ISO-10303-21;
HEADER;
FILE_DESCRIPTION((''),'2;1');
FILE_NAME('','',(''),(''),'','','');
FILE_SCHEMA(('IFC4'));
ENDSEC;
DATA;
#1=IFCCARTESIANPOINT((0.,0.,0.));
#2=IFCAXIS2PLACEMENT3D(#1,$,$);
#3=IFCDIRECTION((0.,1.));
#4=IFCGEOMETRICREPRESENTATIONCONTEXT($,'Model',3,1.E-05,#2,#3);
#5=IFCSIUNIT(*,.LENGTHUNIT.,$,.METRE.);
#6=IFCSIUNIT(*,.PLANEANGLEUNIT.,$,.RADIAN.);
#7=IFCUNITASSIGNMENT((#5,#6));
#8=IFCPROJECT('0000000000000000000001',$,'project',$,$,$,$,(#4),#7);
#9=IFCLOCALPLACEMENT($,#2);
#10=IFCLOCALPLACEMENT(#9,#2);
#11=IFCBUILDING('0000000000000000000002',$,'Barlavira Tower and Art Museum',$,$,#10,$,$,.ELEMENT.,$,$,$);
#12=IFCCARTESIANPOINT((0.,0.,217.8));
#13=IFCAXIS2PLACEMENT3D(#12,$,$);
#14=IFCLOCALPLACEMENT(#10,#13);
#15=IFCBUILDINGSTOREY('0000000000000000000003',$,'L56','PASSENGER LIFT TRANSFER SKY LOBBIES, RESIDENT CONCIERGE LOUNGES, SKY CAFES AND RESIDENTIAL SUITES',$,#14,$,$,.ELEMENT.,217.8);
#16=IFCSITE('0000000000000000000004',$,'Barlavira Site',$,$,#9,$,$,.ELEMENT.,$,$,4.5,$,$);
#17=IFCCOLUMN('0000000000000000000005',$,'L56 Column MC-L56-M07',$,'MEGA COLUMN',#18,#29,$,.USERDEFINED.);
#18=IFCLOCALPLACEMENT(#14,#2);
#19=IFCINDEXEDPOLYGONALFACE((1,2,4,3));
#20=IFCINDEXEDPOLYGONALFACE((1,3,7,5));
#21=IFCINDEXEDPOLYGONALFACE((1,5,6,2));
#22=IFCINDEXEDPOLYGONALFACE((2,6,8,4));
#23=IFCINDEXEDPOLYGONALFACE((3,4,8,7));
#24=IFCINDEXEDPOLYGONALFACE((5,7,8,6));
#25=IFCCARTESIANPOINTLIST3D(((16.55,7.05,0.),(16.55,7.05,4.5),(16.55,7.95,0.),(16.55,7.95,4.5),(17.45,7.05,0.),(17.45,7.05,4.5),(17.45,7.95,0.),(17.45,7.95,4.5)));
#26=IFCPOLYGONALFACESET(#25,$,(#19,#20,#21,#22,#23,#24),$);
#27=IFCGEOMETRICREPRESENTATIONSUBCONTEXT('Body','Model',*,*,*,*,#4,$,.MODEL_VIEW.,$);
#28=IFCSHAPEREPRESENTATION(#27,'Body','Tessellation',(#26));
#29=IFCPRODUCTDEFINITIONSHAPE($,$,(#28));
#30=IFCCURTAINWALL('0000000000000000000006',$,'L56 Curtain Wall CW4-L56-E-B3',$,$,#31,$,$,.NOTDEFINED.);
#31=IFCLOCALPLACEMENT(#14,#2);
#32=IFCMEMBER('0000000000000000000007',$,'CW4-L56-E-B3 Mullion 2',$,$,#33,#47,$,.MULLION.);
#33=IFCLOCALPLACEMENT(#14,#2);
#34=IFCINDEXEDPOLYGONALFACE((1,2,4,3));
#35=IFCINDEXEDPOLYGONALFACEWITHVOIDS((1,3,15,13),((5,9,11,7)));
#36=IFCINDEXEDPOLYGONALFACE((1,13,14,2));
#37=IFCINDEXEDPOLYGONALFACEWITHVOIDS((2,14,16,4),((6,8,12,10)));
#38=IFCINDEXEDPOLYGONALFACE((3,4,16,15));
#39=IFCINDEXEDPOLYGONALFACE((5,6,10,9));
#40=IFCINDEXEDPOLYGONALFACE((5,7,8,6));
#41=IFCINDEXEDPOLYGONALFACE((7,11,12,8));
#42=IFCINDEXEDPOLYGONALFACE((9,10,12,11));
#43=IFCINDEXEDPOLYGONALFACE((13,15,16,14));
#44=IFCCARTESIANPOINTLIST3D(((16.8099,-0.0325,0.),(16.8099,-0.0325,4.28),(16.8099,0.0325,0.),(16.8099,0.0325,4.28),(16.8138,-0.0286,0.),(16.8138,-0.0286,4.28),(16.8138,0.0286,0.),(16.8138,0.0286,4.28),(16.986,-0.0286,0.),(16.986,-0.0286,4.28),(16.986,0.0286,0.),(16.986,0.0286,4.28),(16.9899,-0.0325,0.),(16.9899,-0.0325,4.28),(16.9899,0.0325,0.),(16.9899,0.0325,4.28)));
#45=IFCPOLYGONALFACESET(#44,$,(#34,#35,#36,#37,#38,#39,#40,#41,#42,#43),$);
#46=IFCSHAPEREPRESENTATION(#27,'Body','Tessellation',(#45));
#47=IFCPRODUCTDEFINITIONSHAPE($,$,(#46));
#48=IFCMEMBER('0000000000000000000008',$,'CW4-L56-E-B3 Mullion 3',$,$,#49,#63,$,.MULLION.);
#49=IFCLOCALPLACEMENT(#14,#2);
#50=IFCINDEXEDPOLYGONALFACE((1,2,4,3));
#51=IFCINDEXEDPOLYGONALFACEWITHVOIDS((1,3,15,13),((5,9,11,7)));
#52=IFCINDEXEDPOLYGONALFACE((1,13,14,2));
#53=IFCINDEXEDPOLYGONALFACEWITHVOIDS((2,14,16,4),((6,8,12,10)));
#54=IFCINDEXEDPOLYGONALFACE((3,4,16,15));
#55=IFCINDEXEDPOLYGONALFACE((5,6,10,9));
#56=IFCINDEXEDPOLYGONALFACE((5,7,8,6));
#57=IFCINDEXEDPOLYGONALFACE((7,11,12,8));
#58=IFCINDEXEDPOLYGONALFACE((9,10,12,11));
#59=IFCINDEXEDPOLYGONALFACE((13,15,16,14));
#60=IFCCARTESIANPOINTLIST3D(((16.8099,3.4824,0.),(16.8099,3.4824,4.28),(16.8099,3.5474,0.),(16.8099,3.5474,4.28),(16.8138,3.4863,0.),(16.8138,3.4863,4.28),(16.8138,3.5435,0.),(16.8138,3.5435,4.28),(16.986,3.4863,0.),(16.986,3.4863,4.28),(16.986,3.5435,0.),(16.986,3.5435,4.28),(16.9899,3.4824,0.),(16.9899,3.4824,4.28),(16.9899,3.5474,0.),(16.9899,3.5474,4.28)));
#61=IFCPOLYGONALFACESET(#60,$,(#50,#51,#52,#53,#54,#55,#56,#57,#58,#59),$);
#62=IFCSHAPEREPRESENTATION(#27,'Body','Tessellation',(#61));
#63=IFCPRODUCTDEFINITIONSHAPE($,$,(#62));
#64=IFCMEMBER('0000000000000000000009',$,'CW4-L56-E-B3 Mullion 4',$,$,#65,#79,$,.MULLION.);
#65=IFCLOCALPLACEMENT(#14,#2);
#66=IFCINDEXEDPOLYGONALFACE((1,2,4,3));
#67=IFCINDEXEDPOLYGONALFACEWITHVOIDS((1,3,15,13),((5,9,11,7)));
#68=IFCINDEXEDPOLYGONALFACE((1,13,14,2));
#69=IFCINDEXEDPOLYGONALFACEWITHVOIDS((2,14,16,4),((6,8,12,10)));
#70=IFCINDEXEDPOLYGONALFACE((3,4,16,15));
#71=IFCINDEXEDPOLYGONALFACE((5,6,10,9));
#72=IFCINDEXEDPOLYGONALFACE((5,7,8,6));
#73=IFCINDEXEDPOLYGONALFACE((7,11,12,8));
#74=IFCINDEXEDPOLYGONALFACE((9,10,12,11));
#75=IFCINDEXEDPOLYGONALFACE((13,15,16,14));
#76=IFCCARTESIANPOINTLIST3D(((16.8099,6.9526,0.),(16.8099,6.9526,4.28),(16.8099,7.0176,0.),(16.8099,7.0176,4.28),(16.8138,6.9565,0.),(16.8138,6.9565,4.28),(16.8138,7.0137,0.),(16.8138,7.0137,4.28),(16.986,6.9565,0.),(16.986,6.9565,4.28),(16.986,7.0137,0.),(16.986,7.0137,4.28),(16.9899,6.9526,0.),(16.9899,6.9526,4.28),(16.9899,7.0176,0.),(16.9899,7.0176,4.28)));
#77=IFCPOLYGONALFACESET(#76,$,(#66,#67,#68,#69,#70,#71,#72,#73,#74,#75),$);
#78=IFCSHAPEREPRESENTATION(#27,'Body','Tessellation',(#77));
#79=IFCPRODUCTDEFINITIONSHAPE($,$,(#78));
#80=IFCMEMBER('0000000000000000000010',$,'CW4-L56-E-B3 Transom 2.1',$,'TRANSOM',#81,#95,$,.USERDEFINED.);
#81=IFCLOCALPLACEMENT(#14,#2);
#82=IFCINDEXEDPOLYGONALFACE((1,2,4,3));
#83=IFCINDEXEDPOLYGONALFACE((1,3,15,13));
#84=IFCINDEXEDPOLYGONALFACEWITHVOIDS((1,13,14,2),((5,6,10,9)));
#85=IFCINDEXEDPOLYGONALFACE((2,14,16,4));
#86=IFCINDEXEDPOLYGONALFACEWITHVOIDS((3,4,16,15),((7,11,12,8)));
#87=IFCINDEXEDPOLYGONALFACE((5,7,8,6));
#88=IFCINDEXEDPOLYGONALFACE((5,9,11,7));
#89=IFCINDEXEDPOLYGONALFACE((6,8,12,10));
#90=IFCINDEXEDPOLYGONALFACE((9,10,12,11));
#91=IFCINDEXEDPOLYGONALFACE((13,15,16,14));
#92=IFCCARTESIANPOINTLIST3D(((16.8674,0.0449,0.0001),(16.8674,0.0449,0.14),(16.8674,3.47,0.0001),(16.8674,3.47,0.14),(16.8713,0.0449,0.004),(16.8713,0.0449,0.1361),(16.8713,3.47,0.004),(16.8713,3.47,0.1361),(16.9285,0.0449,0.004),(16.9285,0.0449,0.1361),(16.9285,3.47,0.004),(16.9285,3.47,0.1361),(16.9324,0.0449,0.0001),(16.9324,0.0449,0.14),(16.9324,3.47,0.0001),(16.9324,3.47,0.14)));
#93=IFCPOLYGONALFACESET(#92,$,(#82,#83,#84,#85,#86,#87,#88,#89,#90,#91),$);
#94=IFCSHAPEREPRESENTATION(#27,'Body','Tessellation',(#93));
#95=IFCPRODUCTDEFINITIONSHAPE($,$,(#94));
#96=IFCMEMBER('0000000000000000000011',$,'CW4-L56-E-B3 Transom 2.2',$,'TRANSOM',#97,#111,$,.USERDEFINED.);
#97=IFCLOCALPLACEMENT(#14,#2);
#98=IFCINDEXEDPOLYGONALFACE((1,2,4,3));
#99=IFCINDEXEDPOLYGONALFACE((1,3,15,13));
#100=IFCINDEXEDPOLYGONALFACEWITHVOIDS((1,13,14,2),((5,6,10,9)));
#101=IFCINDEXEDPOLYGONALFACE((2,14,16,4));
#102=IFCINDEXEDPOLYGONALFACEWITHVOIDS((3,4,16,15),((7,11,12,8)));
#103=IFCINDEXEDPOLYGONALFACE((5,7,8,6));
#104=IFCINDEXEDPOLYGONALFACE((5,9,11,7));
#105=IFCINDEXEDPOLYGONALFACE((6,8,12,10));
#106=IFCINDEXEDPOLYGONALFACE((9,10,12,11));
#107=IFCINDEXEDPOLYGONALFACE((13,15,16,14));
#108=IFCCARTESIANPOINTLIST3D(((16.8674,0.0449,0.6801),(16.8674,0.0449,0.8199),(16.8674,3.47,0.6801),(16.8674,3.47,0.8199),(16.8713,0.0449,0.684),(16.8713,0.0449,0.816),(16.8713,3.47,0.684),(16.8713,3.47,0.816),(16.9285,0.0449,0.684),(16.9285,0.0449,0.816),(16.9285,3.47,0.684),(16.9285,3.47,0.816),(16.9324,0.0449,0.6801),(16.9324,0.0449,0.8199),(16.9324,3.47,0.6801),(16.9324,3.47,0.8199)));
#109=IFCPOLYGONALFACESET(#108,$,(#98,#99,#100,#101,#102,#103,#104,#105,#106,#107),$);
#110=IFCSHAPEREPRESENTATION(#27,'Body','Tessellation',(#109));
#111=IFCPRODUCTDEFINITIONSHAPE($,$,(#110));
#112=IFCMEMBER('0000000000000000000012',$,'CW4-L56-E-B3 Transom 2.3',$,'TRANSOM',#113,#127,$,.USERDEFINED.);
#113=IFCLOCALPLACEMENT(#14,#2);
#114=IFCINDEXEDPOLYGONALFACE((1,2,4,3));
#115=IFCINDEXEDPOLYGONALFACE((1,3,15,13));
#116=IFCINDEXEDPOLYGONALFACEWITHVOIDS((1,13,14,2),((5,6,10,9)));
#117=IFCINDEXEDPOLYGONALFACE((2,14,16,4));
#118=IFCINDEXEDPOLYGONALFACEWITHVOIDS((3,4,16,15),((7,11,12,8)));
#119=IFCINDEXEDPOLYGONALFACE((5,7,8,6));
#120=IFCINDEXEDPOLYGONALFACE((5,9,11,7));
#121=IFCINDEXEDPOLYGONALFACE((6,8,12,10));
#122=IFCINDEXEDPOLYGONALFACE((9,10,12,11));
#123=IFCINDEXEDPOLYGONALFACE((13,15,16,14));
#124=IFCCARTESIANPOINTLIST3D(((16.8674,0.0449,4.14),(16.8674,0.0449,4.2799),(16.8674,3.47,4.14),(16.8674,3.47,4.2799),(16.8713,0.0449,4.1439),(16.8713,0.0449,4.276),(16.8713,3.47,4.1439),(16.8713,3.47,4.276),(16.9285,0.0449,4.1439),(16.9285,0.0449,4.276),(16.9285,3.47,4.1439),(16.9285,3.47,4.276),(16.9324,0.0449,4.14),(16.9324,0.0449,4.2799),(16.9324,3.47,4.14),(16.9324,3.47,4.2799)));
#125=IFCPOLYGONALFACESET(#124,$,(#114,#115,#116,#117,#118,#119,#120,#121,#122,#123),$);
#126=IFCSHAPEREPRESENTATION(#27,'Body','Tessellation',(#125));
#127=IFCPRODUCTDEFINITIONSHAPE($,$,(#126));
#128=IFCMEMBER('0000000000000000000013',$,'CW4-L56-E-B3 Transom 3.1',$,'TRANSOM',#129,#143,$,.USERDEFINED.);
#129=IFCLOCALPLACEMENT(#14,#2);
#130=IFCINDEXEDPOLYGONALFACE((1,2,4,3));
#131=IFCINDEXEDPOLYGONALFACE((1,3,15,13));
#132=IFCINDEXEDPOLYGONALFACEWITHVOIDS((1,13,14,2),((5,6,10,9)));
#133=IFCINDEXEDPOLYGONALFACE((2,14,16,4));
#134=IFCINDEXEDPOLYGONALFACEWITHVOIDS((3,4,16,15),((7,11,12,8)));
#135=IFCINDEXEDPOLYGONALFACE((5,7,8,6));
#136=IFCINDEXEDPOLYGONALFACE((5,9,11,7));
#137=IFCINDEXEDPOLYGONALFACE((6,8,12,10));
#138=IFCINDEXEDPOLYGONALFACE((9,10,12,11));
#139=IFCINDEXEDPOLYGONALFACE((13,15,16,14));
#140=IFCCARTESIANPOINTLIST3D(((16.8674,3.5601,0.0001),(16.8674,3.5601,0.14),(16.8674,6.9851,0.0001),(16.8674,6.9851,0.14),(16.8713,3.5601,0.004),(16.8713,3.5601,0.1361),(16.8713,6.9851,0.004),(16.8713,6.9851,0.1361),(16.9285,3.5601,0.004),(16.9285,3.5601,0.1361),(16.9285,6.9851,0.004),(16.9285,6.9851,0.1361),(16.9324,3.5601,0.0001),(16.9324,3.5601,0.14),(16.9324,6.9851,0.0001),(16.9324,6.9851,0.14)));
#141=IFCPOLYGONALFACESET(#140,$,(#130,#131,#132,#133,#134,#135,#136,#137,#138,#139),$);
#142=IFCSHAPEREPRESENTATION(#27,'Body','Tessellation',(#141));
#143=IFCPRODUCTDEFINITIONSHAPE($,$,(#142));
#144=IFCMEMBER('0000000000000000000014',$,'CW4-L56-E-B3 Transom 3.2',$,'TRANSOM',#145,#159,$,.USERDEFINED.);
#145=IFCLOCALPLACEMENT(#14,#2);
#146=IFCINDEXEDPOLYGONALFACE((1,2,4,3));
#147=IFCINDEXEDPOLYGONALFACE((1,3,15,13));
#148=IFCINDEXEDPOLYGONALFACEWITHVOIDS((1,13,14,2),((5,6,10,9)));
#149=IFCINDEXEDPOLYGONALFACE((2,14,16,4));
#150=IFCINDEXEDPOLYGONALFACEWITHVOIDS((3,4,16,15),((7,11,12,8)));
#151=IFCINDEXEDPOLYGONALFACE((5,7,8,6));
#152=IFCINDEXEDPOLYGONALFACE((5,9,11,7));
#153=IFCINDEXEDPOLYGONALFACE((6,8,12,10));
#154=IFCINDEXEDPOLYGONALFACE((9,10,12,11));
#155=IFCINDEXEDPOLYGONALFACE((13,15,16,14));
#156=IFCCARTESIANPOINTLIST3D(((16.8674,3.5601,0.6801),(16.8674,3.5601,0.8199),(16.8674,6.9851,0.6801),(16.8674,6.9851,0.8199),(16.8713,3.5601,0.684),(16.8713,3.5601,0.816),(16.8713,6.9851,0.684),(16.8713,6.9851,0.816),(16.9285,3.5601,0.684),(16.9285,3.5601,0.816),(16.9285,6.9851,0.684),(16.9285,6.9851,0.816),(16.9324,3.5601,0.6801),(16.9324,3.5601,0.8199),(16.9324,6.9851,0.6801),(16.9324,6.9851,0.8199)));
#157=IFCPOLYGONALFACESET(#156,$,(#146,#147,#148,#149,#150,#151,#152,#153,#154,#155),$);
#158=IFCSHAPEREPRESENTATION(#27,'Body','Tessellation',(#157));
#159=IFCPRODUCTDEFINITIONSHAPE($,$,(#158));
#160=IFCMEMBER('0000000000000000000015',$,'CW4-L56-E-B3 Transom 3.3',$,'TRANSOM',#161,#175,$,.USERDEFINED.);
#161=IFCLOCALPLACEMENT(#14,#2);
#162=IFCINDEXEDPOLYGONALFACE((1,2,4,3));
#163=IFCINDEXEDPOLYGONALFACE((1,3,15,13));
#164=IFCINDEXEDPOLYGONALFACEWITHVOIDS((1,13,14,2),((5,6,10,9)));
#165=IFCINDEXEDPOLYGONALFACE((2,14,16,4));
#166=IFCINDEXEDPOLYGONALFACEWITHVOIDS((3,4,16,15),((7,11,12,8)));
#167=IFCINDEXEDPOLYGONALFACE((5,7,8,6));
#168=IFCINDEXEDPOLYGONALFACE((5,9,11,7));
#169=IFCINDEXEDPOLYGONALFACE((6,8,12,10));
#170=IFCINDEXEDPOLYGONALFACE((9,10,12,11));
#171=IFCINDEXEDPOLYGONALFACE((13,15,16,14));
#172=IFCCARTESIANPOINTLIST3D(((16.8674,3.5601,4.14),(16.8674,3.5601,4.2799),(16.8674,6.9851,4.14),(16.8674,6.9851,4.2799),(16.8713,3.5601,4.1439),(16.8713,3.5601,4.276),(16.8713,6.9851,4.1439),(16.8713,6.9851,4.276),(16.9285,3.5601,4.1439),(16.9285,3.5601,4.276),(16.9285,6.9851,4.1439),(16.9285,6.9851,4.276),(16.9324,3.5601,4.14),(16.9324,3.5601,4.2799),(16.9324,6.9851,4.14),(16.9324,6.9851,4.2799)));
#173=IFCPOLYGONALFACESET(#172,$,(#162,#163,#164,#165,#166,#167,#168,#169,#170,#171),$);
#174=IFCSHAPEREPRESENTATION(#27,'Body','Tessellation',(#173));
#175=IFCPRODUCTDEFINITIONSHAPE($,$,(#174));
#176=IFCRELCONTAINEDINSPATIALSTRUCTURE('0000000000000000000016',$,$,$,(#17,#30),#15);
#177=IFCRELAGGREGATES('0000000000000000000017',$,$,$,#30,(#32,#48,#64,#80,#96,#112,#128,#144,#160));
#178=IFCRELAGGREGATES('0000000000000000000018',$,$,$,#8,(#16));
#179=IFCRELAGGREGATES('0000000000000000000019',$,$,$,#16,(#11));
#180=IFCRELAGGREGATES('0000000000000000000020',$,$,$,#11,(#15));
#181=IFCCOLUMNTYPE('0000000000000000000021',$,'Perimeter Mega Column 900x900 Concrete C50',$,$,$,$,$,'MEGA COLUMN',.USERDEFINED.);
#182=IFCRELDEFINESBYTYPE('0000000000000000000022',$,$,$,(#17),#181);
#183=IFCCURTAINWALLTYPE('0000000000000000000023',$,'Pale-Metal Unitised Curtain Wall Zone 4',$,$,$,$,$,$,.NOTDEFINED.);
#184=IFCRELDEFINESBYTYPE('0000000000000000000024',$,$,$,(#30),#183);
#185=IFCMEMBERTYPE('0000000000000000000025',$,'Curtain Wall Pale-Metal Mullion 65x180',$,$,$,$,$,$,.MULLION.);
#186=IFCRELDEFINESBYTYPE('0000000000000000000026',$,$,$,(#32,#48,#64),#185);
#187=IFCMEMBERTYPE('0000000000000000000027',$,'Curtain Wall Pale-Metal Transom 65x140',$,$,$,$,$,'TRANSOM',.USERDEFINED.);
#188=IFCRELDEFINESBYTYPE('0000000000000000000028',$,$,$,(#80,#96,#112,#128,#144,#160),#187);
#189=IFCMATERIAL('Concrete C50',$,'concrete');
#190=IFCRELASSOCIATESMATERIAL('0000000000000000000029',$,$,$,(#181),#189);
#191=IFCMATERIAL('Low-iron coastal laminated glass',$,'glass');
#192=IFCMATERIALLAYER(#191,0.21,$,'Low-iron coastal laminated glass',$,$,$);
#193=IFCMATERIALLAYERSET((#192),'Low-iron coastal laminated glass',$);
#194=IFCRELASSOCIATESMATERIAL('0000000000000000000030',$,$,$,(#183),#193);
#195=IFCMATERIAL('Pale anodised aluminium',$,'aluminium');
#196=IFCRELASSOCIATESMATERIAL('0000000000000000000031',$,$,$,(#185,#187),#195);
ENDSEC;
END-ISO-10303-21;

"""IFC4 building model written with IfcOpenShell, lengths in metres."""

from ifc_helpers import new_model, si_unit, direction, frame, origin, origin_2d, place, context, subcontext, project, spatial, rectangle, hollow_rectangle, extrude, material, layer, layer_set, material_profile, profile_set, type_object, element, aggregate, save


model = new_model("IFC4")

# Units and contexts
model_context = context("Model", 3, precision=1e-05, world=origin(), true_north=direction((0.0, 1.0)))
body_context = subcontext(model_context, "Body", "Model", "MODEL_VIEW")
ifc_project = project(units=[si_unit("LENGTHUNIT", "METRE"), si_unit("PLANEANGLEUNIT", "RADIAN")], contexts=[model_context])

# Site, building, storey
site_placement = place(None, origin())
site = spatial("IfcSite", under=ifc_project, at=site_placement, Name="Barlavira Site", CompositionType="ELEMENT", RefElevation=4.5)
building_placement = place(site_placement, origin())
building = spatial("IfcBuilding", under=site, at=building_placement, Name="Barlavira Tower and Art Museum", CompositionType="ELEMENT")
storey_placement = place(building_placement, frame((0.0, 0.0, 217.8)))
storey = spatial("IfcBuildingStorey", under=building, at=storey_placement, Name="L56", Description="PASSENGER LIFT TRANSFER SKY LOBBIES, RESIDENT CONCIERGE LOUNGES, SKY CAFES AND RESIDENTIAL SUITES", CompositionType="ELEMENT", Elevation=217.8)

# Column
ifc_material_1 = material(Name="Concrete C50", Category="concrete")
ifc_material_profile_1 = material_profile(ifc_material_1, rectangle(XDim=0.8999, YDim=0.8999, at=origin_2d()), Name="RC-COL 900x900")
ifc_profile_set_1 = profile_set([ifc_material_profile_1], Name="Concrete C50")
column_type = type_object("IfcColumnType", Name="Perimeter Mega Column 900x900 Concrete C50", ElementType="MEGA COLUMN", PredefinedType="USERDEFINED", material=ifc_profile_set_1)
column_placement = place(storey_placement, frame((17.0, 7.5, 0.0), z_axis=(0.0, 0.0, 1.0), x_axis=(1.0, 0.0, 0.0)))
element("IfcColumn", 1, at=column_placement, inside=storey, type_object=column_type, Name="L56 Column MC-L56-M07", ObjectType="MEGA COLUMN", PredefinedType="USERDEFINED", context=body_context, shape_type="SweptSolid", body=[
    extrude(rectangle(XDim=0.8999, YDim=0.8999, at=origin_2d()), origin(), (0.0, 0.0, 1.0), 4.5),
])

# Curtain wall, members
ifc_material_2 = material(Name="Low-iron coastal laminated glass", Category="glass")
ifc_layer_1 = layer(ifc_material_2, 0.21, Name="Low-iron coastal laminated glass")
ifc_layer_set_1 = layer_set([ifc_layer_1], Name="Low-iron coastal laminated glass")
curtain_wall_type = type_object("IfcCurtainWallType", Name="Pale-Metal Unitised Curtain Wall Zone 4", PredefinedType="NOTDEFINED", material=ifc_layer_set_1)
curtain_wall_placement = place(storey_placement, origin())
curtain_wall = element("IfcCurtainWall", 2, at=curtain_wall_placement, inside=storey, type_object=curtain_wall_type, Name="L56 Curtain Wall CW4-L56-E-B3", PredefinedType="NOTDEFINED")
ifc_material_3 = material(Name="Pale anodised aluminium", Category="aluminium")
ifc_material_profile_2 = material_profile(ifc_material_3, hollow_rectangle(XDim=0.0649, YDim=0.1799, WallThickness=0.0039, at=origin_2d()), Name="ALU-MULL 65x180x4")
ifc_profile_set_2 = profile_set([ifc_material_profile_2], Name="Pale anodised aluminium")
member_type_1 = type_object("IfcMemberType", Name="Curtain Wall Pale-Metal Mullion 65x180", PredefinedType="MULLION", material=ifc_profile_set_2)
member_1_placement = place(storey_placement, frame((16.8999, 0.0, 0.0), z_axis=(0.0, 0.0, 1.0), x_axis=(0.0, 1.0, 0.0)))
member_1 = element("IfcMember", 3, at=member_1_placement, type_object=member_type_1, Name="CW4-L56-E-B3 Mullion 2", PredefinedType="MULLION", context=body_context, shape_type="SweptSolid", body=[
    extrude(hollow_rectangle(XDim=0.0649, YDim=0.1799, WallThickness=0.0039, at=origin_2d()), origin(), (0.0, 0.0, 1.0), 4.28),
])
member_2_placement = place(storey_placement, frame((16.8999, 3.5149, 0.0), z_axis=(0.0, 0.0, 1.0), x_axis=(0.0, 1.0, 0.0)))
member_2 = element("IfcMember", 4, at=member_2_placement, type_object=member_type_1, Name="CW4-L56-E-B3 Mullion 3", PredefinedType="MULLION", context=body_context, shape_type="SweptSolid", body=[
    extrude(hollow_rectangle(XDim=0.0649, YDim=0.1799, WallThickness=0.0039, at=origin_2d()), origin(), (0.0, 0.0, 1.0), 4.28),
])
member_3_placement = place(storey_placement, frame((16.8999, 6.9851, 0.0), z_axis=(0.0, 0.0, 1.0), x_axis=(0.0, 1.0, 0.0)))
member_3 = element("IfcMember", 5, at=member_3_placement, type_object=member_type_1, Name="CW4-L56-E-B3 Mullion 4", PredefinedType="MULLION", context=body_context, shape_type="SweptSolid", body=[
    extrude(hollow_rectangle(XDim=0.0649, YDim=0.1799, WallThickness=0.0039, at=origin_2d()), origin(), (0.0, 0.0, 1.0), 4.28),
])
ifc_material_profile_3 = material_profile(ifc_material_3, hollow_rectangle(XDim=0.0649, YDim=0.1399, WallThickness=0.0039, at=origin_2d()), Name="ALU-TRAN 65x140x4")
ifc_profile_set_3 = profile_set([ifc_material_profile_3], Name="Pale anodised aluminium")
member_type_2 = type_object("IfcMemberType", Name="Curtain Wall Pale-Metal Transom 65x140", ElementType="TRANSOM", PredefinedType="USERDEFINED", material=ifc_profile_set_3)
member_4_placement = place(storey_placement, frame((16.8999, 0.0449, 0.0701), z_axis=(0.0, 1.0, 0.0), x_axis=(-1.0, 0.0, 0.0)))
member_4 = element("IfcMember", 6, at=member_4_placement, type_object=member_type_2, Name="CW4-L56-E-B3 Transom 2.1", ObjectType="TRANSOM", PredefinedType="USERDEFINED", context=body_context, shape_type="SweptSolid", body=[
    extrude(hollow_rectangle(XDim=0.0649, YDim=0.1399, WallThickness=0.0039, at=origin_2d()), origin(), (0.0, 0.0, 1.0), 3.425),
])
member_5_placement = place(storey_placement, frame((16.8999, 0.0449, 0.75), z_axis=(0.0, 1.0, 0.0), x_axis=(-1.0, 0.0, 0.0)))
member_5 = element("IfcMember", 7, at=member_5_placement, type_object=member_type_2, Name="CW4-L56-E-B3 Transom 2.2", ObjectType="TRANSOM", PredefinedType="USERDEFINED", context=body_context, shape_type="SweptSolid", body=[
    extrude(hollow_rectangle(XDim=0.0649, YDim=0.1399, WallThickness=0.0039, at=origin_2d()), origin(), (0.0, 0.0, 1.0), 3.425),
])
member_6_placement = place(storey_placement, frame((16.8999, 0.0449, 4.21), z_axis=(0.0, 1.0, 0.0), x_axis=(-1.0, 0.0, 0.0)))
member_6 = element("IfcMember", 8, at=member_6_placement, type_object=member_type_2, Name="CW4-L56-E-B3 Transom 2.3", ObjectType="TRANSOM", PredefinedType="USERDEFINED", context=body_context, shape_type="SweptSolid", body=[
    extrude(hollow_rectangle(XDim=0.0649, YDim=0.1399, WallThickness=0.0039, at=origin_2d()), origin(), (0.0, 0.0, 1.0), 3.425),
])
member_7_placement = place(storey_placement, frame((16.8999, 3.5601, 0.0701), z_axis=(0.0, 1.0, 0.0), x_axis=(-1.0, 0.0, 0.0)))
member_7 = element("IfcMember", 9, at=member_7_placement, type_object=member_type_2, Name="CW4-L56-E-B3 Transom 3.1", ObjectType="TRANSOM", PredefinedType="USERDEFINED", context=body_context, shape_type="SweptSolid", body=[
    extrude(hollow_rectangle(XDim=0.0649, YDim=0.1399, WallThickness=0.0039, at=origin_2d()), origin(), (0.0, 0.0, 1.0), 3.425),
])
member_8_placement = place(storey_placement, frame((16.8999, 3.5601, 0.75), z_axis=(0.0, 1.0, 0.0), x_axis=(-1.0, 0.0, 0.0)))
member_8 = element("IfcMember", 10, at=member_8_placement, type_object=member_type_2, Name="CW4-L56-E-B3 Transom 3.2", ObjectType="TRANSOM", PredefinedType="USERDEFINED", context=body_context, shape_type="SweptSolid", body=[
    extrude(hollow_rectangle(XDim=0.0649, YDim=0.1399, WallThickness=0.0039, at=origin_2d()), origin(), (0.0, 0.0, 1.0), 3.425),
])
member_9_placement = place(storey_placement, frame((16.8999, 3.5601, 4.21), z_axis=(0.0, 1.0, 0.0), x_axis=(-1.0, 0.0, 0.0)))
member_9 = element("IfcMember", 11, at=member_9_placement, type_object=member_type_2, Name="CW4-L56-E-B3 Transom 3.3", ObjectType="TRANSOM", PredefinedType="USERDEFINED", context=body_context, shape_type="SweptSolid", body=[
    extrude(hollow_rectangle(XDim=0.0649, YDim=0.1399, WallThickness=0.0039, at=origin_2d()), origin(), (0.0, 0.0, 1.0), 3.425),
])

aggregate(curtain_wall, [member_1, member_2, member_3, member_4, member_5, member_6, member_7, member_8, member_9])

save(model, "model.ifc")
